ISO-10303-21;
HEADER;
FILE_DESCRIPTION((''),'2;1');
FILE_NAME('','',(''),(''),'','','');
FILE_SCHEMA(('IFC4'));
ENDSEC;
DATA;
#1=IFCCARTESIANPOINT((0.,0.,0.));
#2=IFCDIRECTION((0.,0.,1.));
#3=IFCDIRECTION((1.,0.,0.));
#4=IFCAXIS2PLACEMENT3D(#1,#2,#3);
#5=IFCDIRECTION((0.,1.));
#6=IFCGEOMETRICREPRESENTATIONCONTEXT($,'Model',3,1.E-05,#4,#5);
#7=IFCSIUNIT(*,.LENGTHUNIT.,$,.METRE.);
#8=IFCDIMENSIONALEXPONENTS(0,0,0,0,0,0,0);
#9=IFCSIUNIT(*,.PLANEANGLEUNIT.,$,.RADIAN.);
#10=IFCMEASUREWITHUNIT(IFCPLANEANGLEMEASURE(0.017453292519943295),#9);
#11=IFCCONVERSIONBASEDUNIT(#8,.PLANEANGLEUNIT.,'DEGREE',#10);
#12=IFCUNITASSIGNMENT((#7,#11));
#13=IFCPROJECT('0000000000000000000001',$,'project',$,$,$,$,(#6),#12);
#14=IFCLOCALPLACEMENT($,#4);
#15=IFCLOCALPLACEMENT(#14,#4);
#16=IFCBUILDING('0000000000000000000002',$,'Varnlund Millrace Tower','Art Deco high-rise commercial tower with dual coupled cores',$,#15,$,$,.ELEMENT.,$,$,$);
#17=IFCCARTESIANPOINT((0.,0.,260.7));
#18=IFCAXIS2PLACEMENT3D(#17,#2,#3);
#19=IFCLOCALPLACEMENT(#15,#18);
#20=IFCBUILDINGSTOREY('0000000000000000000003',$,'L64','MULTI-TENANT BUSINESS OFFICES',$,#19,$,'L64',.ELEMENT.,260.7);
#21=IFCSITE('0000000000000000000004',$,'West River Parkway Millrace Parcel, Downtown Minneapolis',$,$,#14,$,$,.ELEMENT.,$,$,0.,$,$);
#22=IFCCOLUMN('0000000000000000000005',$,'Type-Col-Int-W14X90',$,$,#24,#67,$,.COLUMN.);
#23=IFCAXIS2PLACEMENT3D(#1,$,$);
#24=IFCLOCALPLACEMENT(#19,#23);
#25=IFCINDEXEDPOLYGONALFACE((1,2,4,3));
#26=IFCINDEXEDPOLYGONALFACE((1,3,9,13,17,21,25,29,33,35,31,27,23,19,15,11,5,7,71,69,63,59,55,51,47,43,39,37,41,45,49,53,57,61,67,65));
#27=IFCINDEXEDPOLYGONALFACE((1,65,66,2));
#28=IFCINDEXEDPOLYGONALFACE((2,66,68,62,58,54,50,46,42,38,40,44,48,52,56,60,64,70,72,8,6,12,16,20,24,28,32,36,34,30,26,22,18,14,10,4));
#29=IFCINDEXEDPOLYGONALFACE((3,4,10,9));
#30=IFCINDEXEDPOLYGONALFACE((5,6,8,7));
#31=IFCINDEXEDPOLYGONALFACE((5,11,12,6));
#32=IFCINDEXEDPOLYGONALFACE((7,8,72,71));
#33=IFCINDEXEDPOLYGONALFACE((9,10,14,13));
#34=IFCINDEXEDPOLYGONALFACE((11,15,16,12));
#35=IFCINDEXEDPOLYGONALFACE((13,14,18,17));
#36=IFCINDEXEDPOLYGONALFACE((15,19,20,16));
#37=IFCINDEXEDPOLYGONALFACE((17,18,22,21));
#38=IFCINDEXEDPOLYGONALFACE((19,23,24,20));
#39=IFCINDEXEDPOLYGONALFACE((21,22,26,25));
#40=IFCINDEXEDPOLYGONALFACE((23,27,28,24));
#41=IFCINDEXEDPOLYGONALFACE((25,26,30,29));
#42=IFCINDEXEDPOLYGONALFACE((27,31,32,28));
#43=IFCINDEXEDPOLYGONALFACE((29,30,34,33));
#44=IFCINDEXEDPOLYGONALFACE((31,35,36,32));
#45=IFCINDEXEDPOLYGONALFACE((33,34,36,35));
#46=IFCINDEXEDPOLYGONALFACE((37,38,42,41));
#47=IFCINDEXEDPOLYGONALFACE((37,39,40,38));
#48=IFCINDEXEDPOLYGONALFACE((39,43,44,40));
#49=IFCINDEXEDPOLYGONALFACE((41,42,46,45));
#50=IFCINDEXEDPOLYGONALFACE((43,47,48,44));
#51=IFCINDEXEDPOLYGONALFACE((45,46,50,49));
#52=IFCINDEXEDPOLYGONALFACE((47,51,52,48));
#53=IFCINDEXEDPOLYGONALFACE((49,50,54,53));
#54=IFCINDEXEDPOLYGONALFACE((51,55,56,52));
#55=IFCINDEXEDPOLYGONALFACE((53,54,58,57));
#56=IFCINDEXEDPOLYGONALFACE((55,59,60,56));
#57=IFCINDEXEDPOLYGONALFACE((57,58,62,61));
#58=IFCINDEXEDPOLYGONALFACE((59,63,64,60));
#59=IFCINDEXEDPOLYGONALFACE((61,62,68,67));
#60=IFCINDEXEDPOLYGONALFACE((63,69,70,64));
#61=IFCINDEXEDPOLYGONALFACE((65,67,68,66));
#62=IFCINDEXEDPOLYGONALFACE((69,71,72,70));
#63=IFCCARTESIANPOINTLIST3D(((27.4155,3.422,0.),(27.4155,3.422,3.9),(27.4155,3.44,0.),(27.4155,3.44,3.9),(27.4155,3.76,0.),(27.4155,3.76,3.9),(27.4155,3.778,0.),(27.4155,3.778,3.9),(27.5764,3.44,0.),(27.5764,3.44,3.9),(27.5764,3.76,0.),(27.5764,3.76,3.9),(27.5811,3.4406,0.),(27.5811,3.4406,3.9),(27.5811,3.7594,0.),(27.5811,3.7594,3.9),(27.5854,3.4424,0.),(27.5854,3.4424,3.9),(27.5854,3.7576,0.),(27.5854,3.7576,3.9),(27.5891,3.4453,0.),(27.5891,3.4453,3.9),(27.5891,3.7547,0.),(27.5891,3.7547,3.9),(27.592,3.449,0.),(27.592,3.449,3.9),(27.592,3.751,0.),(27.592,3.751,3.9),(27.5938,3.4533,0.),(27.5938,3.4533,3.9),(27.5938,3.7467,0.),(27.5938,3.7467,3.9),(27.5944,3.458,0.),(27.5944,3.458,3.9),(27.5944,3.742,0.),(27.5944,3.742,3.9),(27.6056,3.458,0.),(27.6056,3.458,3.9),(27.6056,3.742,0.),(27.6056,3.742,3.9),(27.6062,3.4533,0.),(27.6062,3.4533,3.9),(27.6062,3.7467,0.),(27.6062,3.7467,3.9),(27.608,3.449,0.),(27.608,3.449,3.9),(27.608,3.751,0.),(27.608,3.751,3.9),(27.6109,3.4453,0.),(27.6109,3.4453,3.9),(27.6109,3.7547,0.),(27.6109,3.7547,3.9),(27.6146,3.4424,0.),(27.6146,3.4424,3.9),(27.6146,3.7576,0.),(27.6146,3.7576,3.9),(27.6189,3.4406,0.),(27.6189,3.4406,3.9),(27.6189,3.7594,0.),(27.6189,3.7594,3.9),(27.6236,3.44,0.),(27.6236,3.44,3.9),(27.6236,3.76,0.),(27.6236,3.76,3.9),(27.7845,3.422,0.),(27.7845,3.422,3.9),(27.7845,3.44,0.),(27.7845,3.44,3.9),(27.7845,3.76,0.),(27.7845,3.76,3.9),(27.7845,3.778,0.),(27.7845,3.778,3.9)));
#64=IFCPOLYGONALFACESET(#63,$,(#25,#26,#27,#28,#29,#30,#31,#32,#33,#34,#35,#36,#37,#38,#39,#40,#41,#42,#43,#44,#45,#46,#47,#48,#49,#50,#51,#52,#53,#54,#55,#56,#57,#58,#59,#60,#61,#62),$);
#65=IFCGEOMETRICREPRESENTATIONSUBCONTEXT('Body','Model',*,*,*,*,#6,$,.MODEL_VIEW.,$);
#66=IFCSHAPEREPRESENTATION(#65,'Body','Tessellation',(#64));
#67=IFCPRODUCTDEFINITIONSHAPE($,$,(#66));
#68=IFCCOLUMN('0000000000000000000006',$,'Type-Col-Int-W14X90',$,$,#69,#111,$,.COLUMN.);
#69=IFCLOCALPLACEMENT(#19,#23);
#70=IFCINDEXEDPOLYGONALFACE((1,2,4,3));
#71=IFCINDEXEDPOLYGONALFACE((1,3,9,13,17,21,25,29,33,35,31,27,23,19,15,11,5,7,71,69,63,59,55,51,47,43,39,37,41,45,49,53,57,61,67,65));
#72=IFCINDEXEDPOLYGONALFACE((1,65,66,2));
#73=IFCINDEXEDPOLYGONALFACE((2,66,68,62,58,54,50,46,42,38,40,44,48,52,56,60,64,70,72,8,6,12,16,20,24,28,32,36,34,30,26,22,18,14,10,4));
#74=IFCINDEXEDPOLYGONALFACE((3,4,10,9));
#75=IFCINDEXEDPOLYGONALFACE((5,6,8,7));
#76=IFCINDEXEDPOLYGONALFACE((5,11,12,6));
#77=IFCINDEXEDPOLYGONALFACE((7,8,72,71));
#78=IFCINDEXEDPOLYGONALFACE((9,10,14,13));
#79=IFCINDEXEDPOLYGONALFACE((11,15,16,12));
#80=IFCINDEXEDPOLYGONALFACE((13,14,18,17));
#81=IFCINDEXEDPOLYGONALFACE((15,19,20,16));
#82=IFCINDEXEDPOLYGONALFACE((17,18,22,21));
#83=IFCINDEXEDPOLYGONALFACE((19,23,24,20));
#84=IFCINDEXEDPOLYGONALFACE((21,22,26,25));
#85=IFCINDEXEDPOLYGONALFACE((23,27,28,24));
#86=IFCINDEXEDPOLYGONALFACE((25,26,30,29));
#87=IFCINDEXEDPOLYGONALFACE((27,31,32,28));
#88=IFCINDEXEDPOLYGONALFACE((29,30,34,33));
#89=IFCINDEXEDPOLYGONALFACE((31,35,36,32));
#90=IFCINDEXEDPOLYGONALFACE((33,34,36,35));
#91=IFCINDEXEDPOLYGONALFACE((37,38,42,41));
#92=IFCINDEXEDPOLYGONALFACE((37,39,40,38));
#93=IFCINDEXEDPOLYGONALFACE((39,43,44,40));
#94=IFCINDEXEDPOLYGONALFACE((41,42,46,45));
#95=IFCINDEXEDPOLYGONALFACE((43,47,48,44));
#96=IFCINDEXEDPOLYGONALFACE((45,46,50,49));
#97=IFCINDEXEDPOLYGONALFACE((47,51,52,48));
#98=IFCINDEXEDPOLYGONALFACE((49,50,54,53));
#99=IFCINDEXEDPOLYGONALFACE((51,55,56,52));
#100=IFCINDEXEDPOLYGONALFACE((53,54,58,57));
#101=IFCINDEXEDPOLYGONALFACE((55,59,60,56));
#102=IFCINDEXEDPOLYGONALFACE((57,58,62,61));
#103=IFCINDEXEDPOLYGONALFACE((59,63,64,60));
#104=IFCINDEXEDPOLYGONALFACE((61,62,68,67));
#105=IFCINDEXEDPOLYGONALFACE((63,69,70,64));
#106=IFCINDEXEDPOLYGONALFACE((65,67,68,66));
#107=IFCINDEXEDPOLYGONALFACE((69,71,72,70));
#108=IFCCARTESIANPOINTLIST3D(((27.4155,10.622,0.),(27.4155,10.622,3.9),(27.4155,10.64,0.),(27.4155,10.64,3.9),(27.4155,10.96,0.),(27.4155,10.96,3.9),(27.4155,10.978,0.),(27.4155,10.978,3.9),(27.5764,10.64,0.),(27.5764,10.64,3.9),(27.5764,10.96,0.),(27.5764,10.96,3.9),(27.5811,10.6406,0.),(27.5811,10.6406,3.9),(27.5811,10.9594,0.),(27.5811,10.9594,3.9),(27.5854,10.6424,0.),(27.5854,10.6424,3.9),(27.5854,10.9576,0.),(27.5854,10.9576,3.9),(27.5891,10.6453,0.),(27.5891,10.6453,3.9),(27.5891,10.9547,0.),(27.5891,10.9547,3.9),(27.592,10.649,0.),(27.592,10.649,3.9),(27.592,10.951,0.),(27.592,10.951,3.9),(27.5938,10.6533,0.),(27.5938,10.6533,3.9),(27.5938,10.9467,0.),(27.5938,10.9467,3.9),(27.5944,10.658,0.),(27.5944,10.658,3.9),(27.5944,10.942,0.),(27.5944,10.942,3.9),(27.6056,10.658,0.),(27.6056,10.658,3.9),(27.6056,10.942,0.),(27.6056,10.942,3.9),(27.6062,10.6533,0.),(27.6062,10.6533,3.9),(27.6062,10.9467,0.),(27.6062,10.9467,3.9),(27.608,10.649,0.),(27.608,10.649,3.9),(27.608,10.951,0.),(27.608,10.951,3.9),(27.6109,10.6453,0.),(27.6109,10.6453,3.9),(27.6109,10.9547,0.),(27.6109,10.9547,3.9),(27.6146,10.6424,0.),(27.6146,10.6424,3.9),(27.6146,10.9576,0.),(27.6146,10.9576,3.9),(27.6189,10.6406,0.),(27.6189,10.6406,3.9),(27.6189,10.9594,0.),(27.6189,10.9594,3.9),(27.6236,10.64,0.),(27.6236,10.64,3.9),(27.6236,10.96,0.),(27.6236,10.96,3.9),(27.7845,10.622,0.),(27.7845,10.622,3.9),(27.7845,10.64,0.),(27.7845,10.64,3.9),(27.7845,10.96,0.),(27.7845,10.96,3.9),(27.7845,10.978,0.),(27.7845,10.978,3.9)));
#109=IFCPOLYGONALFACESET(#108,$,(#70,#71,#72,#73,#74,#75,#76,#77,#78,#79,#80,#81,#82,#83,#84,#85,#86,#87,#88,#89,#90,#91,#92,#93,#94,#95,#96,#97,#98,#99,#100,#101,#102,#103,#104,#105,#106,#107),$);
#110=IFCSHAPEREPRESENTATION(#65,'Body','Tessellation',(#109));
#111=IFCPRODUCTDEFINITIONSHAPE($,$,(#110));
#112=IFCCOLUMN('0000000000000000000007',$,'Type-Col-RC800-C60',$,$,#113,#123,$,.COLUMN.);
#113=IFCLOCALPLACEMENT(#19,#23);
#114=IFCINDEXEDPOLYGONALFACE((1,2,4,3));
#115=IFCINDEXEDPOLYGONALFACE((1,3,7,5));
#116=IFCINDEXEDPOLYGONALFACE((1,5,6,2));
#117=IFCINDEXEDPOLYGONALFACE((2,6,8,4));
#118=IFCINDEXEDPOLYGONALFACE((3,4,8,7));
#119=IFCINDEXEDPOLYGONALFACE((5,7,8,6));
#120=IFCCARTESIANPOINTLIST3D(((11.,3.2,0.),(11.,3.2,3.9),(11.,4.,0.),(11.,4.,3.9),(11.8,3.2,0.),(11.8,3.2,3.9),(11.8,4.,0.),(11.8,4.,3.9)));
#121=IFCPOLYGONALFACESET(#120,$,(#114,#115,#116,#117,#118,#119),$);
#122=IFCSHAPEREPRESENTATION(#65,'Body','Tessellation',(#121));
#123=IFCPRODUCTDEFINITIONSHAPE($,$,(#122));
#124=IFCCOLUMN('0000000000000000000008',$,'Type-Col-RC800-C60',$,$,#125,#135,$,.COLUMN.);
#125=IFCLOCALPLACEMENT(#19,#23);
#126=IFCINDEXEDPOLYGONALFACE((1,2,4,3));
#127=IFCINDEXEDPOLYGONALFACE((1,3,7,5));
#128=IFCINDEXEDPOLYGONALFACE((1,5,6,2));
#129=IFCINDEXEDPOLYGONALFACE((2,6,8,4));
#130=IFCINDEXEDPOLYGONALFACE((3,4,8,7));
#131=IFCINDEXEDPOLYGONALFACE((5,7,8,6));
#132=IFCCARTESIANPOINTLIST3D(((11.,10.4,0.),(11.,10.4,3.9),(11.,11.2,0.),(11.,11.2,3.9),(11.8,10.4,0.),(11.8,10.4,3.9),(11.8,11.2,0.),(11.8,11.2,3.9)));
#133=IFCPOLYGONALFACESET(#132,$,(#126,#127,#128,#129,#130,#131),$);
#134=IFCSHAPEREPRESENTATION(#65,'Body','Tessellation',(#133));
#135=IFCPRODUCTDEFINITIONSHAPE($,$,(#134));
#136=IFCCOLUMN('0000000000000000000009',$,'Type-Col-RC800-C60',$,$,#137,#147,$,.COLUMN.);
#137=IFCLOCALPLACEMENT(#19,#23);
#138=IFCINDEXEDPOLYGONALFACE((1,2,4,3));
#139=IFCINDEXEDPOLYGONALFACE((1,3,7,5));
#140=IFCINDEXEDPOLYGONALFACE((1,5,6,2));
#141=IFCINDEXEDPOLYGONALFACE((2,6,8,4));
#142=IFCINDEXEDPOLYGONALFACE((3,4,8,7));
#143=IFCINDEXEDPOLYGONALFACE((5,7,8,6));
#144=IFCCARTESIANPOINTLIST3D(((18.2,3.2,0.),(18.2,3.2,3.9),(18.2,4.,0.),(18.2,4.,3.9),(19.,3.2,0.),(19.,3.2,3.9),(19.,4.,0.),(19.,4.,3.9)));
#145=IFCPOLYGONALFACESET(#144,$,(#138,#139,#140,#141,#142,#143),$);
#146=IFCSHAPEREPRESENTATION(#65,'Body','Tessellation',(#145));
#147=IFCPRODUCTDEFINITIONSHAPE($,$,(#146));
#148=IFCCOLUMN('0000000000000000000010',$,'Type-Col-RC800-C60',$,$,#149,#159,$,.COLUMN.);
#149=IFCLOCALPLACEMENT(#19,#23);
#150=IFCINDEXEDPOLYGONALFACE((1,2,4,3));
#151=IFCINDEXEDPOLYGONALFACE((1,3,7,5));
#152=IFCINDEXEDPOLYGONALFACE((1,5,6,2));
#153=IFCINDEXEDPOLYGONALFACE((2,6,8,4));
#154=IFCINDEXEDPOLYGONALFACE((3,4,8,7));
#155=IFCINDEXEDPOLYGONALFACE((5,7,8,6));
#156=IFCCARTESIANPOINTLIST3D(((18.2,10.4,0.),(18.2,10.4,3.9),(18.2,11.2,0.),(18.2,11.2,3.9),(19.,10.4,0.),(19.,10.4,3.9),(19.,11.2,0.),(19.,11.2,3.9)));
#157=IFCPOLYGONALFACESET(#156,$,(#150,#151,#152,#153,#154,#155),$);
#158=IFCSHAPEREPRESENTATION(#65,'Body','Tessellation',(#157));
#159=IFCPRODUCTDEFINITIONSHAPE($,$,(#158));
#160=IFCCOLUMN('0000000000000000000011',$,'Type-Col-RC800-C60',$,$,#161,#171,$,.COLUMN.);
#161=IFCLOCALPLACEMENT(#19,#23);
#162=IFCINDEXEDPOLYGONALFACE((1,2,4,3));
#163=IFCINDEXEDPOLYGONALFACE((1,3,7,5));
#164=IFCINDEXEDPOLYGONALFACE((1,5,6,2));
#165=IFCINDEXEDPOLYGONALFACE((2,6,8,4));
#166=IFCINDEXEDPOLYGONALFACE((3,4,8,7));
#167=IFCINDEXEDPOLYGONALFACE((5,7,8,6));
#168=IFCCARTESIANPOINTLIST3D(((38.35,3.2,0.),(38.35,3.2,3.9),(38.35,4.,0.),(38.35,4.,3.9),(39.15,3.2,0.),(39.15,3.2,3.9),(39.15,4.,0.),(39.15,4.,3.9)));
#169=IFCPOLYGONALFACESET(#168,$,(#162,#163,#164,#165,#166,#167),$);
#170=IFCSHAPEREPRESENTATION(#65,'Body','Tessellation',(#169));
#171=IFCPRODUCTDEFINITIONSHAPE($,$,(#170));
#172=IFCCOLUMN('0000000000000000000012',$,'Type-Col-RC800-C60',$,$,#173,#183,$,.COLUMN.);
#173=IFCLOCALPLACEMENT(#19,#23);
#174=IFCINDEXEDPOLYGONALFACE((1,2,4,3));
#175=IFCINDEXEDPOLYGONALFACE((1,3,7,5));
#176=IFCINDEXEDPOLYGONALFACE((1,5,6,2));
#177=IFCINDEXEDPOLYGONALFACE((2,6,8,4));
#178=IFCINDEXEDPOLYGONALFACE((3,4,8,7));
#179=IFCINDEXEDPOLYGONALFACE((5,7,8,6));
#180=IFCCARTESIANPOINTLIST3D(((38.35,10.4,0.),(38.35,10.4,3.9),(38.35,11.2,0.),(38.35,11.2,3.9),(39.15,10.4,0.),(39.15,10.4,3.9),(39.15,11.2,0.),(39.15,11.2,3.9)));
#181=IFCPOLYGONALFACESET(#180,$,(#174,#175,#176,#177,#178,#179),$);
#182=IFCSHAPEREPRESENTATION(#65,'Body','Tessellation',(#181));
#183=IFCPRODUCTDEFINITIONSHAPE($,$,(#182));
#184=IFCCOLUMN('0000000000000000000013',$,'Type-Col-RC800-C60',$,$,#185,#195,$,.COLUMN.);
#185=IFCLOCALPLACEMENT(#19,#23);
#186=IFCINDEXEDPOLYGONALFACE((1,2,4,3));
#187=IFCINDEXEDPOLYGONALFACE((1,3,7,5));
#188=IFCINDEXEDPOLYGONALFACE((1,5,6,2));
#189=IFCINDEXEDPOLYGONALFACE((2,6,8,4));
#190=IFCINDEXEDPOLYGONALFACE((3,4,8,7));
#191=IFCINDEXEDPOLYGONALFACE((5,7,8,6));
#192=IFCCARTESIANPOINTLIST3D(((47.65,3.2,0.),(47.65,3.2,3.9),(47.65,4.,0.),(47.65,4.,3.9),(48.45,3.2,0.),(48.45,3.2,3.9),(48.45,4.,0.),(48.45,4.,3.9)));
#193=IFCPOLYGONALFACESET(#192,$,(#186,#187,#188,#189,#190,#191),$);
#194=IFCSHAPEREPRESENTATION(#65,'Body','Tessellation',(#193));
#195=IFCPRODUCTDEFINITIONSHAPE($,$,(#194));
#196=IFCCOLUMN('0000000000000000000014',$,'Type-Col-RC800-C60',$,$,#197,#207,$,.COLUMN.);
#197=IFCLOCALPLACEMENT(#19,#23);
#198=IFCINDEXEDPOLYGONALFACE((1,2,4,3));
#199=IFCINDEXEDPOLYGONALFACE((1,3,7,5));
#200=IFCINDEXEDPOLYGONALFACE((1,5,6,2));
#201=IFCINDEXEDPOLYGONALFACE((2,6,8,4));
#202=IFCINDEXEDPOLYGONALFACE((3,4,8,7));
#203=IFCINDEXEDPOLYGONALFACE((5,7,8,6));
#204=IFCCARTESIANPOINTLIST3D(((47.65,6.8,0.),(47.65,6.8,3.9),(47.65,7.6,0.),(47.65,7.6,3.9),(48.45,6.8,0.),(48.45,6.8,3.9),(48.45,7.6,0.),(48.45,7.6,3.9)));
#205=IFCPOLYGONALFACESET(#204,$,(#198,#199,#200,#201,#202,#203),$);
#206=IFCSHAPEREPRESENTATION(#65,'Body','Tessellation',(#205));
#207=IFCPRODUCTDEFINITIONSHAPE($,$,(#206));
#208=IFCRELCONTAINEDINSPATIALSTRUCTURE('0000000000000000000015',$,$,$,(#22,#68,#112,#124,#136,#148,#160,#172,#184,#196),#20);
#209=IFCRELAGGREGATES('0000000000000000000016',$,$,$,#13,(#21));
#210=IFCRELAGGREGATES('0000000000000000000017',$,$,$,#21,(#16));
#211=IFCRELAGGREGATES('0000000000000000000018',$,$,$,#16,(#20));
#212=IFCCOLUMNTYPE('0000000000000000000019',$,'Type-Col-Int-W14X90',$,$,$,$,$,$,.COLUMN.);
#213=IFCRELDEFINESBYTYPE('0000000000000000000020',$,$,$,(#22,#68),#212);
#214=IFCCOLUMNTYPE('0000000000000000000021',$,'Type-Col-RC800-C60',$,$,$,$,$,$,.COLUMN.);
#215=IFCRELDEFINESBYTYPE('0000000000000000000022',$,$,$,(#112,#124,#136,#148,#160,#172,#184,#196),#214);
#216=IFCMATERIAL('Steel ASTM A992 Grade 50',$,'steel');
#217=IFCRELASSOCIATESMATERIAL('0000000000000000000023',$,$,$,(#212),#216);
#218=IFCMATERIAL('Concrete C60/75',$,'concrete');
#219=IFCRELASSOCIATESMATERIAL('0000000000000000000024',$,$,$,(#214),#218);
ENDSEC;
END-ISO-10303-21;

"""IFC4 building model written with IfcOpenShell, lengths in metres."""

from ifc_helpers import new_model, entity, si_unit, converted_unit, direction, frame, origin_with_axes, origin_2d_with_axis, place, context, subcontext, project, spatial, rectangle, i_section, extrude, material, material_profile, profile_set, type_object, element, save


model = new_model("IFC4")

# Units and contexts
model_context = context("Model", 3, precision=1e-05, world=origin_with_axes(), true_north=direction((0.0, 1.0)))
body_context = subcontext(model_context, "Body", "Model", "MODEL_VIEW")
ifc_project = project(units=[si_unit("LENGTHUNIT", "METRE"), converted_unit("PLANEANGLEUNIT", "DEGREE", entity("IfcPlaneAngleMeasure", 0.017453292519943295), si_unit("PLANEANGLEUNIT", "RADIAN"), dimensions=[0, 0, 0, 0, 0, 0, 0])], contexts=[model_context])

# Site, building, storey
site_placement = place(None, origin_with_axes())
site = spatial("IfcSite", under=ifc_project, at=site_placement, Name="West River Parkway Millrace Parcel, Downtown Minneapolis", CompositionType="ELEMENT", RefElevation=0.0)
building_placement = place(site_placement, origin_with_axes())
building = spatial("IfcBuilding", under=site, at=building_placement, Name="Varnlund Millrace Tower", Description="Art Deco high-rise commercial tower with dual coupled cores", CompositionType="ELEMENT")
storey_placement = place(building_placement, frame((0.0, 0.0, 260.7), z_axis=(0.0, 0.0, 1.0), x_axis=(1.0, 0.0, 0.0)))
storey = spatial("IfcBuildingStorey", under=building, at=storey_placement, Name="L64", Description="MULTI-TENANT BUSINESS OFFICES", LongName="L64", CompositionType="ELEMENT", Elevation=260.7)

# Columns
ifc_material_1 = material(Name="Steel ASTM A992 Grade 50", Category="steel")
ifc_material_profile_1 = material_profile(ifc_material_1, i_section(OverallWidth=0.369, OverallDepth=0.356, WebThickness=0.0112, FlangeThickness=0.018, FilletRadius=0.018, at=origin_2d_with_axis()), Name="Steel ASTM A992 Grade 50")
ifc_profile_set_1 = profile_set([ifc_material_profile_1], Name="Steel ASTM A992 Grade 50")
column_type_1 = type_object("IfcColumnType", Name="Type-Col-Int-W14X90", PredefinedType="COLUMN", material=ifc_profile_set_1)
for number, where, z_axis, x_axis, name in (
    (1, (27.6, 3.6, 0.0), (0.0, 0.0, 1.0), (1.0, 0.0, 0.0), "Type-Col-Int-W14X90"),
    (2, (27.6, 10.8, 0.0), (0.0, 0.0, 1.0), (1.0, 0.0, 0.0), "Type-Col-Int-W14X90"),
):
    element("IfcColumn", number, at=place(storey_placement, frame(where, z_axis=z_axis, x_axis=x_axis)), inside=storey, type_object=column_type_1, Name=name, PredefinedType="COLUMN", context=body_context, shape_type="SweptSolid", body=[
        extrude(i_section(OverallWidth=0.369, OverallDepth=0.356, WebThickness=0.0112, FlangeThickness=0.018, FilletRadius=0.018, at=origin_2d_with_axis()), origin_with_axes(), (0.0, 0.0, 1.0), 3.9),
    ])
ifc_material_2 = material(Name="Concrete C60/75", Category="concrete")
ifc_material_profile_2 = material_profile(ifc_material_2, rectangle(XDim=0.8, YDim=0.8, at=origin_2d_with_axis()), Name="Concrete C60/75")
ifc_profile_set_2 = profile_set([ifc_material_profile_2], Name="Concrete C60/75")
column_type_2 = type_object("IfcColumnType", Name="Type-Col-RC800-C60", PredefinedType="COLUMN", material=ifc_profile_set_2)
for number, where, z_axis, x_axis, name in (
    (3, (11.4, 3.6, 0.0), (0.0, 0.0, 1.0), (1.0, 0.0, 0.0), "Type-Col-RC800-C60"),
    (4, (11.4, 10.8, 0.0), (0.0, 0.0, 1.0), (1.0, 0.0, 0.0), "Type-Col-RC800-C60"),
    (5, (18.6, 3.6, 0.0), (0.0, 0.0, 1.0), (1.0, 0.0, 0.0), "Type-Col-RC800-C60"),
    (6, (18.6, 10.8, 0.0), (0.0, 0.0, 1.0), (1.0, 0.0, 0.0), "Type-Col-RC800-C60"),
    (7, (38.75, 3.6, 0.0), (0.0, 0.0, 1.0), (1.0, 0.0, 0.0), "Type-Col-RC800-C60"),
    (8, (38.75, 10.8, 0.0), (0.0, 0.0, 1.0), (1.0, 0.0, 0.0), "Type-Col-RC800-C60"),
    (9, (48.05, 3.6, 0.0), (0.0, 0.0, 1.0), (1.0, 0.0, 0.0), "Type-Col-RC800-C60"),
    (10, (48.05, 7.2, 0.0), (0.0, 0.0, 1.0), (1.0, 0.0, 0.0), "Type-Col-RC800-C60"),
):
    element("IfcColumn", number, at=place(storey_placement, frame(where, z_axis=z_axis, x_axis=x_axis)), inside=storey, type_object=column_type_2, Name=name, PredefinedType="COLUMN", context=body_context, shape_type="SweptSolid", body=[
        extrude(rectangle(XDim=0.8, YDim=0.8, at=origin_2d_with_axis()), origin_with_axes(), (0.0, 0.0, 1.0), 3.9),
    ])

save(model, "model.ifc")
